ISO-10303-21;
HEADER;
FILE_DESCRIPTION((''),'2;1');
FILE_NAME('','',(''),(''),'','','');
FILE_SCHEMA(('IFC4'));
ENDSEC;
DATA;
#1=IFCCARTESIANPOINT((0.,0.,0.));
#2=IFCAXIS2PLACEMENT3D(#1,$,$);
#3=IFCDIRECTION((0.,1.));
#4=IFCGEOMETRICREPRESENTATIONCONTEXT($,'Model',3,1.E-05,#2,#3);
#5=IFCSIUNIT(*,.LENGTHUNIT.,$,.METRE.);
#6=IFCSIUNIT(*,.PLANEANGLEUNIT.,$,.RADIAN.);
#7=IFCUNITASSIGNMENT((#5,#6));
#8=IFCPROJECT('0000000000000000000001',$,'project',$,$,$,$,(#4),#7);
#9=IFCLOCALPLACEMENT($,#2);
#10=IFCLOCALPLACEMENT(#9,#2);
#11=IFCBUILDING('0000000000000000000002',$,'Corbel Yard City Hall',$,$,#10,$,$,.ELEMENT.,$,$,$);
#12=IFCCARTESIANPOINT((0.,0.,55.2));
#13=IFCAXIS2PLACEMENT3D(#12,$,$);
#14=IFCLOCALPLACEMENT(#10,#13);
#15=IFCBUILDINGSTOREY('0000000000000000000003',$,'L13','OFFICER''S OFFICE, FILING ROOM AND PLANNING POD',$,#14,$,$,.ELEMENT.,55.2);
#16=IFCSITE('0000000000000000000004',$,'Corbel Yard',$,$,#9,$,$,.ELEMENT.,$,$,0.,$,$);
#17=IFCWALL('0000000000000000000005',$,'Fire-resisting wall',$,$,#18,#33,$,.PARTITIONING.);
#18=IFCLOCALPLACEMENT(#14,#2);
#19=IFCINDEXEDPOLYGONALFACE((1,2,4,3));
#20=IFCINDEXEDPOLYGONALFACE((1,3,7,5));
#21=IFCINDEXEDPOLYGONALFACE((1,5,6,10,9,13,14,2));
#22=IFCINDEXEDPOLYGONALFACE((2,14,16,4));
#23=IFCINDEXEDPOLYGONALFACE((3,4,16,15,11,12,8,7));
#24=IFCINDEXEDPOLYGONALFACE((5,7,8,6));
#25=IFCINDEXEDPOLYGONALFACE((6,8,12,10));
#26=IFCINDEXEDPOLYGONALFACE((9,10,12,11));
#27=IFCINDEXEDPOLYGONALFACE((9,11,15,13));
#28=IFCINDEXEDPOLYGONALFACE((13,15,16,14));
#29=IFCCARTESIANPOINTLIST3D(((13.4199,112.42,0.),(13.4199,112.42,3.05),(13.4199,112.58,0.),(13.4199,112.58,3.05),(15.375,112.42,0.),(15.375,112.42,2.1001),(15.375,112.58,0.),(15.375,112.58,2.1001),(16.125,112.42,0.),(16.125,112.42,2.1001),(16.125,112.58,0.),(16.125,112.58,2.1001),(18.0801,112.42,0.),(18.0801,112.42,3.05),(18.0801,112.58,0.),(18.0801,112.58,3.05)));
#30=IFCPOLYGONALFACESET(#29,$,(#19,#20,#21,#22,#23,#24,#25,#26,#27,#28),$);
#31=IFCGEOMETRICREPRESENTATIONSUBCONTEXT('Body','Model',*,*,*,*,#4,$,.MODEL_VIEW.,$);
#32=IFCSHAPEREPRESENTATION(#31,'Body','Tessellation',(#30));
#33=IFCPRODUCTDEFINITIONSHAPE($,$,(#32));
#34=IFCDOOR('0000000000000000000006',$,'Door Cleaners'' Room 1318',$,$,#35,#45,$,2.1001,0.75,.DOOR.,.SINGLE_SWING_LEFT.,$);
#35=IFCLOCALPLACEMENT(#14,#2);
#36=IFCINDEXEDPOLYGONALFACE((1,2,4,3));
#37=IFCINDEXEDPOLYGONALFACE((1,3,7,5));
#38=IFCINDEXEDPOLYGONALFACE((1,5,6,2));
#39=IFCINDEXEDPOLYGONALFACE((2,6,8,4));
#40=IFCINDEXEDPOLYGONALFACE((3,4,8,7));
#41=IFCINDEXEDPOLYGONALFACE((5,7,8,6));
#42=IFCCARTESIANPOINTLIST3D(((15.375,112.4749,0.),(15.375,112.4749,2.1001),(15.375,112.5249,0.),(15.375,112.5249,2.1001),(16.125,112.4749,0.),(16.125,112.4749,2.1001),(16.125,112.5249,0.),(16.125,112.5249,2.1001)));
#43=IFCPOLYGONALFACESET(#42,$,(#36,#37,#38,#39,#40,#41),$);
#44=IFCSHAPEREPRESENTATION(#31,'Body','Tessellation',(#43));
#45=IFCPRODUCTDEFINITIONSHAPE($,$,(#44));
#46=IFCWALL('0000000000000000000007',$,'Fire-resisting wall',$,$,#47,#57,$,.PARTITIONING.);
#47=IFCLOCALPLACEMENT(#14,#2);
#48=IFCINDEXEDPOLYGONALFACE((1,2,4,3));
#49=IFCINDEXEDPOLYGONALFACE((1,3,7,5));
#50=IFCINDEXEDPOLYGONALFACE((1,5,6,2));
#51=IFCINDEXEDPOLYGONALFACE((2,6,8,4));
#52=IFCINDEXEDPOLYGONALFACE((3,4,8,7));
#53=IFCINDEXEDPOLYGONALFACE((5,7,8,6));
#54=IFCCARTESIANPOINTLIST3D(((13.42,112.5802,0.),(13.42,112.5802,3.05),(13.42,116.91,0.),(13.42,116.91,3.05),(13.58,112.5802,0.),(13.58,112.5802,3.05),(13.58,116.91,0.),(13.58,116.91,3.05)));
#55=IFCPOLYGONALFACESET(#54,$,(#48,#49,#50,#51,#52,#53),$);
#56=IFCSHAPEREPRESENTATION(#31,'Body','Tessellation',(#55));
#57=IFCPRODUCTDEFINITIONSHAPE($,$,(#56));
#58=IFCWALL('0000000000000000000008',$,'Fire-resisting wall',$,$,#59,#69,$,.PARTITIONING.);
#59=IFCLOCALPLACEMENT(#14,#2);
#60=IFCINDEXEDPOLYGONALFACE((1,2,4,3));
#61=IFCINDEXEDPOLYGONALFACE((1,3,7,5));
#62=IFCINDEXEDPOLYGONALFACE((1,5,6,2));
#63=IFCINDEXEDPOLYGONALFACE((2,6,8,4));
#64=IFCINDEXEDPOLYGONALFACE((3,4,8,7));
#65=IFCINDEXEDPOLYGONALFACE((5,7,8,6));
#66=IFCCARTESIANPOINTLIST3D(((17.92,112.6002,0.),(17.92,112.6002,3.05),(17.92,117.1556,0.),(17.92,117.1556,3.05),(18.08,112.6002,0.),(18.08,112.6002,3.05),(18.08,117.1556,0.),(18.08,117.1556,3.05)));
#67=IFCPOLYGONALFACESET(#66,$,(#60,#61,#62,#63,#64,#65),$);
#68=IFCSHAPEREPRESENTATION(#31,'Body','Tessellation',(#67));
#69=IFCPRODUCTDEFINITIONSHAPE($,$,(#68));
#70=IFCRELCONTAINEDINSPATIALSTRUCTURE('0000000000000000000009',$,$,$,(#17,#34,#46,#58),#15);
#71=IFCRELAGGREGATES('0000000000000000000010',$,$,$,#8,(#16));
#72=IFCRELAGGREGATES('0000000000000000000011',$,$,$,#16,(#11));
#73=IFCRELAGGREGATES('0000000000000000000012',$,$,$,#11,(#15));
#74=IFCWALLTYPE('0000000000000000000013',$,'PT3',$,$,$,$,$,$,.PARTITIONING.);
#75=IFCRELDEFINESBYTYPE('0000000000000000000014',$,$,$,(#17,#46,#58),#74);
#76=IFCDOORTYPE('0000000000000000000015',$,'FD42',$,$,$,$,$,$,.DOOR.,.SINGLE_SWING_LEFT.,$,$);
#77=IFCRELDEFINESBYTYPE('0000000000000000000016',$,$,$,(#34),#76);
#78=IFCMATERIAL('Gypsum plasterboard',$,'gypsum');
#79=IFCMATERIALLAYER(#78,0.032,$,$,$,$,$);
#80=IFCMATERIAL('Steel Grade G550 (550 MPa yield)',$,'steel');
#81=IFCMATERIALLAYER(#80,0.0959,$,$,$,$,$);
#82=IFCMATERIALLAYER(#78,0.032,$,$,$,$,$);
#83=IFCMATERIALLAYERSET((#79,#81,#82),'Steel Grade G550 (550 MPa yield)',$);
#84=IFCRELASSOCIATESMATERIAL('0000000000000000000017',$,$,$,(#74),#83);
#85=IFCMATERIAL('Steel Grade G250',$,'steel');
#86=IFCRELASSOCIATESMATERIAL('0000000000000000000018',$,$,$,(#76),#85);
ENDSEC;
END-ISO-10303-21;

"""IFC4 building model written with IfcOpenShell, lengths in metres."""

from ifc_helpers import new_model, si_unit, direction, frame, frame_2d, origin, place, context, subcontext, project, spatial, rectangle, extrude, material, layer, layer_set, type_object, element, fill, save


model = new_model("IFC4")

# Units and contexts
model_context = context("Model", 3, precision=1e-05, world=origin(), true_north=direction((0.0, 1.0)))
body_context = subcontext(model_context, "Body", "Model", "MODEL_VIEW")
ifc_project = project(units=[si_unit("LENGTHUNIT", "METRE"), si_unit("PLANEANGLEUNIT", "RADIAN")], contexts=[model_context])

# Site, building, storey
site_placement = place(None, origin())
site = spatial("IfcSite", under=ifc_project, at=site_placement, Name="Corbel Yard", CompositionType="ELEMENT", RefElevation=0.0)
building_placement = place(site_placement, origin())
building = spatial("IfcBuilding", under=site, at=building_placement, Name="Corbel Yard City Hall", CompositionType="ELEMENT")
storey_placement = place(building_placement, frame((0.0, 0.0, 55.2)))
storey = spatial("IfcBuildingStorey", under=building, at=storey_placement, Name="L13", Description="OFFICER'S OFFICE, FILING ROOM AND PLANNING POD", CompositionType="ELEMENT", Elevation=55.2)

# Shared definitions
ifc_material_1 = material(Name="Gypsum plasterboard", Category="gypsum")
ifc_material_2 = material(Name="Steel Grade G550 (550 MPa yield)", Category="steel")

# Wall, opening, door
ifc_layer_1 = layer(ifc_material_1, 0.032)
ifc_layer_2 = layer(ifc_material_2, 0.0959)
ifc_layer_3 = layer(ifc_material_1, 0.032)
ifc_layer_set_1 = layer_set([ifc_layer_1, ifc_layer_2, ifc_layer_3], Name="Steel Grade G550 (550 MPa yield)")
wall_type_1 = type_object("IfcWallType", Name="PT3", PredefinedType="PARTITIONING", material=ifc_layer_set_1)
wall_1_placement = place(storey_placement, frame((13.4199, 112.5, 0.0), z_axis=(0.0, 0.0, 1.0), x_axis=(1.0, 0.0, 0.0)))
wall_1 = element("IfcWall", 1, at=wall_1_placement, inside=storey, type_object=wall_type_1, Name="Fire-resisting wall", PredefinedType="PARTITIONING", context=body_context, shape_type="SweptSolid", body=[
    extrude(rectangle(XDim=4.6602, YDim=0.1599, at=frame_2d((2.3301, 0.0))), origin(), (0.0, 0.0, 1.0), 3.05),
])
opening_1_placement = place(wall_1_placement, frame((1.9551, 0.0, 0.0)))
opening_1 = element("IfcOpeningElement", 2, at=opening_1_placement, cuts=wall_1, PredefinedType="OPENING", context=body_context, shape_type="SweptSolid", body=[
    extrude(rectangle(XDim=0.75, YDim=2.1001, at=frame_2d((0.375, 1.05))), frame((0.0, 0.0898, 0.0), z_axis=(0.0, -1.0, 0.0), x_axis=(1.0, 0.0, 0.0)), (0.0, 0.0, 1.0), 0.1799),
])
ifc_material_3 = material(Name="Steel Grade G250", Category="steel")
door_type_1 = type_object("IfcDoorType", Name="FD42", OperationType="SINGLE_SWING_LEFT", PredefinedType="DOOR", material=ifc_material_3)
door_1_placement = place(opening_1_placement, origin())
door_1 = element("IfcDoor", 3, at=door_1_placement, inside=storey, type_object=door_type_1, Name="Door Cleaners' Room 1318", OperationType="SINGLE_SWING_LEFT", OverallHeight=2.1001, OverallWidth=0.75, PredefinedType="DOOR", context=body_context, shape_type="SweptSolid", body=[
    extrude(rectangle(XDim=0.75, YDim=2.1001, at=frame_2d((0.375, 1.05))), frame((0.0, 0.0249, 0.0), z_axis=(0.0, -1.0, 0.0), x_axis=(1.0, 0.0, 0.0)), (0.0, 0.0, 1.0), 0.05),
])
fill(opening_1, door_1)

# Walls
wall_2_placement = place(storey_placement, frame((13.5, 112.5801, 0.0), z_axis=(0.0, 0.0, 1.0), x_axis=(0.0, 1.0, 0.0)))
element("IfcWall", 4, at=wall_2_placement, inside=storey, type_object=wall_type_1, Name="Fire-resisting wall", PredefinedType="PARTITIONING", context=body_context, shape_type="SweptSolid", body=[
    extrude(rectangle(XDim=4.3298, YDim=0.1599, at=frame_2d((2.165, 0.0))), origin(), (0.0, 0.0, 1.0), 3.05),
])
wall_3_placement = place(storey_placement, frame((18.0, 112.6001, 0.0), z_axis=(0.0, 0.0, 1.0), x_axis=(0.0, 1.0, 0.0)))
element("IfcWall", 5, at=wall_3_placement, inside=storey, type_object=wall_type_1, Name="Fire-resisting wall", PredefinedType="PARTITIONING", context=body_context, shape_type="SweptSolid", body=[
    extrude(rectangle(XDim=4.5554, YDim=0.1599, at=frame_2d((2.2778, 0.0))), origin(), (0.0, 0.0, 1.0), 3.05),
])

save(model, "model.ifc")
